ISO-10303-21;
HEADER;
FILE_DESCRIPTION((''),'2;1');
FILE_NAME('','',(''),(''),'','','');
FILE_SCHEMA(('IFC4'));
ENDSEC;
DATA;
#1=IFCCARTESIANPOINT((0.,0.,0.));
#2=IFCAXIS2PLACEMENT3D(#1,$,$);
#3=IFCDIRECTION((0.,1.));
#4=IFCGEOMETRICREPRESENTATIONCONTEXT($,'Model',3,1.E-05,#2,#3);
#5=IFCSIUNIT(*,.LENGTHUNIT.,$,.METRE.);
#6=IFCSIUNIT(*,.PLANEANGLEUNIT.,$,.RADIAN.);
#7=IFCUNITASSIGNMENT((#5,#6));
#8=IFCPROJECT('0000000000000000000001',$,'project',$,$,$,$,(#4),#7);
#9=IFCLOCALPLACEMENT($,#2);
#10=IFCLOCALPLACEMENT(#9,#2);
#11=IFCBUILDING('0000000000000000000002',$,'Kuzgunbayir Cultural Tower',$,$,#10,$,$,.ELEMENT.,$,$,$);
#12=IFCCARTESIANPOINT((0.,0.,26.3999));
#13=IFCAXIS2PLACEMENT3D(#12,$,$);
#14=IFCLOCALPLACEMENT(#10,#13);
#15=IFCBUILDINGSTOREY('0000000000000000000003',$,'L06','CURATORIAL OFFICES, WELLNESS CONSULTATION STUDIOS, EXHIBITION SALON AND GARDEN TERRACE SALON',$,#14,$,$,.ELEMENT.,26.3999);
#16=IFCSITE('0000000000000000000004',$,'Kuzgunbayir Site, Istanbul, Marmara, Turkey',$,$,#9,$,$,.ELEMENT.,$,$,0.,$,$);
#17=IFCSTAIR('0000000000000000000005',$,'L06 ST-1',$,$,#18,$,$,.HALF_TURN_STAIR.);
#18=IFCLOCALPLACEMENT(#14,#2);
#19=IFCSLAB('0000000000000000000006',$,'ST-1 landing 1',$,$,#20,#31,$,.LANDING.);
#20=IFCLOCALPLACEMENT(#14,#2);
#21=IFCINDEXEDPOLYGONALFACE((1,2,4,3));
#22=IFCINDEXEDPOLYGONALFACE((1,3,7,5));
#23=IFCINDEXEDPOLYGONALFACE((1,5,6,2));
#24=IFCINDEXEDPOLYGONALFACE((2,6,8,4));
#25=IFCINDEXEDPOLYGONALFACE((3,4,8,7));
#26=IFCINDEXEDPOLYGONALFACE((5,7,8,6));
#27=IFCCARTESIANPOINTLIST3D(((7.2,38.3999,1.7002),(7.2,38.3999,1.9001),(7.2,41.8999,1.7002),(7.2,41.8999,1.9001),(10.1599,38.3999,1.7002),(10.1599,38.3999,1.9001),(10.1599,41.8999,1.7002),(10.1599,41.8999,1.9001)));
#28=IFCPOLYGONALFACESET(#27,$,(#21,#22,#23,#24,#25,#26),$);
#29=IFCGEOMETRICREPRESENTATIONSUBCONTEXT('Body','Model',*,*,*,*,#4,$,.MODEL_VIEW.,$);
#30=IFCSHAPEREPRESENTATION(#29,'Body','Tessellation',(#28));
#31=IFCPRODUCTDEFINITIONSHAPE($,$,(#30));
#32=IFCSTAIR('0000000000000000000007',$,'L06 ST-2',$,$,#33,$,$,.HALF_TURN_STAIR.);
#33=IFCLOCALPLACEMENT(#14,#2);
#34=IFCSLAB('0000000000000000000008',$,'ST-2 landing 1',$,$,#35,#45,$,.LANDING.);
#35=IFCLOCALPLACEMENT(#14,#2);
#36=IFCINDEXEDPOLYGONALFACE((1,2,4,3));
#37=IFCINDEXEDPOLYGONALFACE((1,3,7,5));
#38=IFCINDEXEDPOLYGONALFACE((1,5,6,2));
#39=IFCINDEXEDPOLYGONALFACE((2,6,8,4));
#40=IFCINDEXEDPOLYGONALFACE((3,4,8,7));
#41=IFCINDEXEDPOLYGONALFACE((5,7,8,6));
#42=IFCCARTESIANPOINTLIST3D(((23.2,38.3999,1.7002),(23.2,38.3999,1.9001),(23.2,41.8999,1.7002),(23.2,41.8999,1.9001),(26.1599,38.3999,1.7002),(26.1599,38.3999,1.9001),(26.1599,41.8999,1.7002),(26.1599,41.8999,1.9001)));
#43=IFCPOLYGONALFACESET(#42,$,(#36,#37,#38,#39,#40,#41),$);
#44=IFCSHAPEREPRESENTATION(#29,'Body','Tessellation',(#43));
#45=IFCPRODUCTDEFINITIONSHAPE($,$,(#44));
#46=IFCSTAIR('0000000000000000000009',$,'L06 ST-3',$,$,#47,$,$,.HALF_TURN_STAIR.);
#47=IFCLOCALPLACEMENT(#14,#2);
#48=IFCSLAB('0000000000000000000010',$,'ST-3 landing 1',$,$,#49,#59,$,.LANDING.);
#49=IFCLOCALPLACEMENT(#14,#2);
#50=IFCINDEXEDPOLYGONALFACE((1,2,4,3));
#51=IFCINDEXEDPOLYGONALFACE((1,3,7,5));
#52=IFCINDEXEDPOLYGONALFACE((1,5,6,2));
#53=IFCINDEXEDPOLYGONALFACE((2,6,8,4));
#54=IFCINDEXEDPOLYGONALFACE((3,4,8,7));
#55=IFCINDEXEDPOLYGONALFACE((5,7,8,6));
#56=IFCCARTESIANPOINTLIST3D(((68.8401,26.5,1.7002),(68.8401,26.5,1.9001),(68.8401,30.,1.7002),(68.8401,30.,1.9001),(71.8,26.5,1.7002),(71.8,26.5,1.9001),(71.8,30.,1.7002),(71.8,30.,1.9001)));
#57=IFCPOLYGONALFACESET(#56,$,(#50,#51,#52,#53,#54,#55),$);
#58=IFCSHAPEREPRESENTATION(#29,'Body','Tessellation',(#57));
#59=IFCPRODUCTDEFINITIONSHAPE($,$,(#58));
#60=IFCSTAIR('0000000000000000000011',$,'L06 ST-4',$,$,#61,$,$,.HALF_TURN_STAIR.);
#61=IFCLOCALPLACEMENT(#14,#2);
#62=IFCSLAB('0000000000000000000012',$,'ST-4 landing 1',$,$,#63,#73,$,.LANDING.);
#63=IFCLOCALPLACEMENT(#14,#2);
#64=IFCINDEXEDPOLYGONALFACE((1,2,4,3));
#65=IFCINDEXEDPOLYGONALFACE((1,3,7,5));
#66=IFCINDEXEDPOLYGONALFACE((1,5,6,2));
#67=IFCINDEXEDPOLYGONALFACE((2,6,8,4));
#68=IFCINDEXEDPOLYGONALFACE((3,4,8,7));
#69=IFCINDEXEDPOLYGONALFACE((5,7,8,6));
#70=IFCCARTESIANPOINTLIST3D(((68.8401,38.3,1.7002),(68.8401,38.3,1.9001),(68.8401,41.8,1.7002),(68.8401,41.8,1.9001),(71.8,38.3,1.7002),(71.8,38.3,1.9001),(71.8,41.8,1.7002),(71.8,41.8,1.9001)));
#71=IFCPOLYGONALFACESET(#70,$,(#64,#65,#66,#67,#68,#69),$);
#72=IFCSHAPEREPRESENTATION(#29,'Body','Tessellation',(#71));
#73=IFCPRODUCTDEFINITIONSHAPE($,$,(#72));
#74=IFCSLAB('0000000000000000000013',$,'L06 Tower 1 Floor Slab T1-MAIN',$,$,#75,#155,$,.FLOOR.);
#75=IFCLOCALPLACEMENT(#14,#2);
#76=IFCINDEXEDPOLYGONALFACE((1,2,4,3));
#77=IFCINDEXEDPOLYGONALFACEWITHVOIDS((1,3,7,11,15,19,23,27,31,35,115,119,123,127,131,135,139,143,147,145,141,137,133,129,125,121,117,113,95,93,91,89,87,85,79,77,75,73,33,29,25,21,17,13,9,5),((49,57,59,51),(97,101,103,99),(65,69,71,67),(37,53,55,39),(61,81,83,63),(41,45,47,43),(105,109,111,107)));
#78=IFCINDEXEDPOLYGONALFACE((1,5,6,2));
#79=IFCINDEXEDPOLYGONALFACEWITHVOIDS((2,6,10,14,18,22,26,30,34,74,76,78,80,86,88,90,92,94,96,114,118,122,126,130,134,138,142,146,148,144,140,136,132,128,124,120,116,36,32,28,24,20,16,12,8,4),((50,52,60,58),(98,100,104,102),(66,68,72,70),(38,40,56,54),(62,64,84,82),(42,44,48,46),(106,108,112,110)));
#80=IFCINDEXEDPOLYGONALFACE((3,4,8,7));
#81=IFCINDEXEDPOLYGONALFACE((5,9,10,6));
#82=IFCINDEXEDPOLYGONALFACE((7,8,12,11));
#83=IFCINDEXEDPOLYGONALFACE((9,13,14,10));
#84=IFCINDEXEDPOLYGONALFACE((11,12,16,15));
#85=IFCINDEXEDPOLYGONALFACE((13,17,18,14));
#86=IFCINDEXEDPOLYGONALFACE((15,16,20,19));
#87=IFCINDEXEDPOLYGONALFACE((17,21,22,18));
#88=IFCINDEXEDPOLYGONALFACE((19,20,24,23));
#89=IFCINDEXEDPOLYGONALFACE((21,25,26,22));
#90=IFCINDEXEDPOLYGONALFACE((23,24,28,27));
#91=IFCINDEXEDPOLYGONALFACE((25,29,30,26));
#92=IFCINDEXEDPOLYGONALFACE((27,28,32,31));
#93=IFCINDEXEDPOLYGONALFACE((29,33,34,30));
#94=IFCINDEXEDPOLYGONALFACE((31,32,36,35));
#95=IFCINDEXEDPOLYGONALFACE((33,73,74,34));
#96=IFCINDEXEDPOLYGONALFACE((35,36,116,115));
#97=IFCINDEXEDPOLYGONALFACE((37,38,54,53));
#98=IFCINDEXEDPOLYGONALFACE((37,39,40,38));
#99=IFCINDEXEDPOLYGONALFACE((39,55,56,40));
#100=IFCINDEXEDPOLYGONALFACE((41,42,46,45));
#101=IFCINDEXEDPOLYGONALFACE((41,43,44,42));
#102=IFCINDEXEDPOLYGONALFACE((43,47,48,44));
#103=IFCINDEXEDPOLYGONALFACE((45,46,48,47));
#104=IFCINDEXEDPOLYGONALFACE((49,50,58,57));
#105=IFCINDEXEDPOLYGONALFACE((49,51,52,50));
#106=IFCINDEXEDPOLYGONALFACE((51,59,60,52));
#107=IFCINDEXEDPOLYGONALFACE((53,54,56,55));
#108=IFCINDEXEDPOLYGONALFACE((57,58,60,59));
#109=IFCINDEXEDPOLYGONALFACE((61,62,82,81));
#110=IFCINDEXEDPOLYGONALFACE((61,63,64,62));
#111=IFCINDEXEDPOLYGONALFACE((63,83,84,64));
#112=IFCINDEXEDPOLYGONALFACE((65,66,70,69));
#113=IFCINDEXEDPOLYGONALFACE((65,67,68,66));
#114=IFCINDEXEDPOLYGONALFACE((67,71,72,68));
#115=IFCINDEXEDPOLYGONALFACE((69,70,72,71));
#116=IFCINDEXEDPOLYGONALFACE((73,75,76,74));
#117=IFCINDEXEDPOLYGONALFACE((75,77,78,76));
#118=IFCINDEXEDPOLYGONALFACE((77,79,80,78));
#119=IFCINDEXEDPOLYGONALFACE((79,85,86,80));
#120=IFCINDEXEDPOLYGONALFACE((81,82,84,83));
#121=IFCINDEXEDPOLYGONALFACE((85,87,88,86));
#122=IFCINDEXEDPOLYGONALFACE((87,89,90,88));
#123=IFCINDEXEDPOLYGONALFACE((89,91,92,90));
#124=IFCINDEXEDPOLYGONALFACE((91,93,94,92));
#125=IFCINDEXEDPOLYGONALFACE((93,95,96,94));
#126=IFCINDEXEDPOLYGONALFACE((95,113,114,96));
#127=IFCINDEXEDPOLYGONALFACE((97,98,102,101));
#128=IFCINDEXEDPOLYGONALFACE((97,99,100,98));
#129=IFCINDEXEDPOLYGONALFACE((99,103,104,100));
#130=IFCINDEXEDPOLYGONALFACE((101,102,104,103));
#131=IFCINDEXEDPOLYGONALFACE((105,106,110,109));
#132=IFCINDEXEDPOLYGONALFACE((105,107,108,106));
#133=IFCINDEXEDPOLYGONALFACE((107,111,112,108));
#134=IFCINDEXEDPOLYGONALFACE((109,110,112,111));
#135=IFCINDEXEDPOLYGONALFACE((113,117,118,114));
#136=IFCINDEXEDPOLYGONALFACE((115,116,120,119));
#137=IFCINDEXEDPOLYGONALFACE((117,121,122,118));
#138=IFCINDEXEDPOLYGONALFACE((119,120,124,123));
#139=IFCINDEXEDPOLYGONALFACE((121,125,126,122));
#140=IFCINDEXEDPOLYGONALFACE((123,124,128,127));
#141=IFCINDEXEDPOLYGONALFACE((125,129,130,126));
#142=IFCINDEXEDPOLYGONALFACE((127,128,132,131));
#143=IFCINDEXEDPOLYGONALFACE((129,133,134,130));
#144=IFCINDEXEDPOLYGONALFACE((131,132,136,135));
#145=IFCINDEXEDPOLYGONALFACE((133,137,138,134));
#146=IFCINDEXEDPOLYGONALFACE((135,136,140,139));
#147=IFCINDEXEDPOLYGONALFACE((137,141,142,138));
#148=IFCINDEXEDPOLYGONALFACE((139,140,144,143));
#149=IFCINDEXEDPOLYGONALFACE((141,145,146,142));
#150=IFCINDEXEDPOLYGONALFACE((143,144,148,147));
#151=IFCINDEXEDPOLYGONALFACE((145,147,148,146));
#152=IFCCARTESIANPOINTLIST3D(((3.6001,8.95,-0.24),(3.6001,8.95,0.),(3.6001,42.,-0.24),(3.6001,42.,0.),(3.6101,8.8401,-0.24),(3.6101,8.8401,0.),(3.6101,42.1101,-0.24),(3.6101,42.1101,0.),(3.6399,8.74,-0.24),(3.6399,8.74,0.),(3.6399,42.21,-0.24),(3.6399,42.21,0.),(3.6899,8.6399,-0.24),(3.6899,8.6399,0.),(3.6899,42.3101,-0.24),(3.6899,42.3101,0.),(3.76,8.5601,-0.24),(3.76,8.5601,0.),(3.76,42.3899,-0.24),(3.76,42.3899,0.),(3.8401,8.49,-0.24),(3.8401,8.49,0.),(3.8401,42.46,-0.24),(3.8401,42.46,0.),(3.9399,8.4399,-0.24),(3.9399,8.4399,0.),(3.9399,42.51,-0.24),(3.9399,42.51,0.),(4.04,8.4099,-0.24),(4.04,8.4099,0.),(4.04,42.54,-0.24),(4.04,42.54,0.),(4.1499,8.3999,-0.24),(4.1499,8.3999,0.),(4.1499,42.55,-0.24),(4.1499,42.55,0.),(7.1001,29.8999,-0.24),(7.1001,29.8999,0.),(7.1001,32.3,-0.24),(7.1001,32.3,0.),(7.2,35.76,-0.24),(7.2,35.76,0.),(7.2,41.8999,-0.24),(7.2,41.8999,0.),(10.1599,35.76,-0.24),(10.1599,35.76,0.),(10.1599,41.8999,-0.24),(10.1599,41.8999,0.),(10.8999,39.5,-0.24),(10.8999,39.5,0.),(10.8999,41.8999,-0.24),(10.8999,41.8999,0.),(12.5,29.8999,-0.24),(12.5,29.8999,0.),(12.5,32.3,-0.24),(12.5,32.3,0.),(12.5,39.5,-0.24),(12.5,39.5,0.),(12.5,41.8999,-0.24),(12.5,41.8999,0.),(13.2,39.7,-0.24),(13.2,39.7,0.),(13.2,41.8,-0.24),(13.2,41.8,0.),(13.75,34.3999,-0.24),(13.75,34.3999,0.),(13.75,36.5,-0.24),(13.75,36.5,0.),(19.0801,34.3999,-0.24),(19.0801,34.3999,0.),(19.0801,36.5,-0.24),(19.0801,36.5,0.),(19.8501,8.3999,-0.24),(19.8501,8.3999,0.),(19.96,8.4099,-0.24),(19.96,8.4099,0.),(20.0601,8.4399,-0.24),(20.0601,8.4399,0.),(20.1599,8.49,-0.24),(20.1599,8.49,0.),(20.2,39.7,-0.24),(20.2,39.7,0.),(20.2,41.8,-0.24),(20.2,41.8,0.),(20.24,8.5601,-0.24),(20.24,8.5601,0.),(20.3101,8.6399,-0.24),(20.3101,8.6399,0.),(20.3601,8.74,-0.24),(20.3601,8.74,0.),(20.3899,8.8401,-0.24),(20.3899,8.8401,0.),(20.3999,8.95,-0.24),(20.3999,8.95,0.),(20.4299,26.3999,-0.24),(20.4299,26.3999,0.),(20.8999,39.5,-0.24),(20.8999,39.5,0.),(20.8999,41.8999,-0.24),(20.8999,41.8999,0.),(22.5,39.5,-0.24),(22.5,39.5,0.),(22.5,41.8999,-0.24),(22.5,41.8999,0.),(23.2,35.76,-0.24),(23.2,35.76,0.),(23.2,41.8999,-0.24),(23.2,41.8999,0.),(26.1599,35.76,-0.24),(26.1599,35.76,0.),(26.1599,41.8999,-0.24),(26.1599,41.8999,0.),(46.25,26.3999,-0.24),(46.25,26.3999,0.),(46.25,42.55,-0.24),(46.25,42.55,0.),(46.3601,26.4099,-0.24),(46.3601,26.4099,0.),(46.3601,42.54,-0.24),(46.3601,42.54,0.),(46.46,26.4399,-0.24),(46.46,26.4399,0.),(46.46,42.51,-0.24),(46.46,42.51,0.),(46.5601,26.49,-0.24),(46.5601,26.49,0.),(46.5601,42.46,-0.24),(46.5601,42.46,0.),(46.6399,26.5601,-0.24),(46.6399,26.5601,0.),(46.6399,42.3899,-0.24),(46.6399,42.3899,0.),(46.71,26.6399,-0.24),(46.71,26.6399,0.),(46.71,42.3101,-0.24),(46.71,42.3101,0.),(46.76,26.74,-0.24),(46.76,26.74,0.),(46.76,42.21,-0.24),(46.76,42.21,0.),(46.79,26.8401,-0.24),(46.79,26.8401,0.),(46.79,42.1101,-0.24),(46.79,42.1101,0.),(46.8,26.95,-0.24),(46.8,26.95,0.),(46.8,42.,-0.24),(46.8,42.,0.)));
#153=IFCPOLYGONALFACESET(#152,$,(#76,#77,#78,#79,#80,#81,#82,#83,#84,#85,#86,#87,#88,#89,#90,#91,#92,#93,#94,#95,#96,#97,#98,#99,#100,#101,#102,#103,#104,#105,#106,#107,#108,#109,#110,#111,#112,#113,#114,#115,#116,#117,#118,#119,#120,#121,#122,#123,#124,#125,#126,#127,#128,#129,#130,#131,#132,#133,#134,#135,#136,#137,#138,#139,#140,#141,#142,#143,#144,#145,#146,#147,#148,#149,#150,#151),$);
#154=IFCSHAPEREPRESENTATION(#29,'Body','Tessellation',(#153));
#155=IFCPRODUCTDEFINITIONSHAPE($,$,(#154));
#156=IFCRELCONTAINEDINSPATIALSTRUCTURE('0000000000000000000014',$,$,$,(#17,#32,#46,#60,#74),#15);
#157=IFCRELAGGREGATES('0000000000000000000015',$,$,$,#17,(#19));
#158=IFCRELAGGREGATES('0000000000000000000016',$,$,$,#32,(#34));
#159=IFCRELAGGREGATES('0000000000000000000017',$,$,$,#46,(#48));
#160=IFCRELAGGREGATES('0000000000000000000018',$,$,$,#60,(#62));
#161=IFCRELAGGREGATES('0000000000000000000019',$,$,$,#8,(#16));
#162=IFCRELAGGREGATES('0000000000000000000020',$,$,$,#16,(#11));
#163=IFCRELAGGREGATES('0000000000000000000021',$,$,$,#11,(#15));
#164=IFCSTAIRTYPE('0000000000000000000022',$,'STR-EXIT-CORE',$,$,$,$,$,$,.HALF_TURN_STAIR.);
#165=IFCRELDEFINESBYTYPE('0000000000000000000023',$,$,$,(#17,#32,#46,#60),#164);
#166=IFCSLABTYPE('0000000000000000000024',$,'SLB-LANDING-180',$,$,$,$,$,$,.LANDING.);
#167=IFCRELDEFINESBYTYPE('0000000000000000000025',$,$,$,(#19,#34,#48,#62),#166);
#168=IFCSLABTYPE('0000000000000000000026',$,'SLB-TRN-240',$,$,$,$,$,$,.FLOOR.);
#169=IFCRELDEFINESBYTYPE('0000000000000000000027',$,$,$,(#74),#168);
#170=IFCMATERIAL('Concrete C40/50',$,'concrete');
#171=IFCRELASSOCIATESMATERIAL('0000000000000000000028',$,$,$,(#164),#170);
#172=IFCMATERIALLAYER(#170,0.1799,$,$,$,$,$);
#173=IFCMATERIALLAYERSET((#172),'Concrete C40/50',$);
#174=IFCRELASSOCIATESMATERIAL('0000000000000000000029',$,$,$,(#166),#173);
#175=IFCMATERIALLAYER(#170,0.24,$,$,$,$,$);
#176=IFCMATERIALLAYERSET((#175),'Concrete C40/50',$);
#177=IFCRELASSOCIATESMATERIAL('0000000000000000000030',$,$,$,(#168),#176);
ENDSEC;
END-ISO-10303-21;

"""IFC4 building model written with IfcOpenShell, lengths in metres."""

from ifc_helpers import new_model, si_unit, direction, frame, origin, place, context, subcontext, project, spatial, polyline, outline, extrude, material, layer, layer_set, type_object, element, aggregate, save


model = new_model("IFC4")

# Units and contexts
model_context = context("Model", 3, precision=1e-05, world=origin(), true_north=direction((0.0, 1.0)))
body_context = subcontext(model_context, "Body", "Model", "MODEL_VIEW")
ifc_project = project(units=[si_unit("LENGTHUNIT", "METRE"), si_unit("PLANEANGLEUNIT", "RADIAN")], contexts=[model_context])

# Site, building, storey
site_placement = place(None, origin())
site = spatial("IfcSite", under=ifc_project, at=site_placement, Name="Kuzgunbayir Site, Istanbul, Marmara, Turkey", CompositionType="ELEMENT", RefElevation=0.0)
building_placement = place(site_placement, origin())
building = spatial("IfcBuilding", under=site, at=building_placement, Name="Kuzgunbayir Cultural Tower", CompositionType="ELEMENT")
storey_placement = place(building_placement, frame((0.0, 0.0, 26.3999)))
storey = spatial("IfcBuildingStorey", under=building, at=storey_placement, Name="L06", Description="CURATORIAL OFFICES, WELLNESS CONSULTATION STUDIOS, EXHIBITION SALON AND GARDEN TERRACE SALON", CompositionType="ELEMENT", Elevation=26.3999)

# Shared definitions
ifc_material_1 = material(Name="Concrete C40/50", Category="concrete")

# Stairs, slabs
stair_type = type_object("IfcStairType", Name="STR-EXIT-CORE", PredefinedType="HALF_TURN_STAIR", material=ifc_material_1)
stair_1_placement = place(storey_placement, origin())
stair_1 = element("IfcStair", 1, at=stair_1_placement, inside=storey, type_object=stair_type, Name="L06 ST-1", PredefinedType="HALF_TURN_STAIR")
ifc_layer_1 = layer(ifc_material_1, 0.1799)
ifc_layer_set_1 = layer_set([ifc_layer_1], Name="Concrete C40/50")
slab_type_1 = type_object("IfcSlabType", Name="SLB-LANDING-180", PredefinedType="LANDING", material=ifc_layer_set_1)
slab_1_placement = place(storey_placement, frame((0.0, 0.0, 1.7002)))
slab_1 = element("IfcSlab", 2, at=slab_1_placement, type_object=slab_type_1, Name="ST-1 landing 1", PredefinedType="LANDING", context=body_context, shape_type="SweptSolid", body=[
    extrude(outline(polyline([(10.1599, 38.3999), (10.1599, 41.8999), (7.2, 41.8999), (7.2, 38.3999), (10.1599, 38.3999)])), origin(), (0.0, 0.0, 1.0), 0.2),
])
aggregate(stair_1, [slab_1])
stair_2_placement = place(storey_placement, origin())
stair_2 = element("IfcStair", 3, at=stair_2_placement, inside=storey, type_object=stair_type, Name="L06 ST-2", PredefinedType="HALF_TURN_STAIR")
slab_2_placement = place(storey_placement, frame((0.0, 0.0, 1.7002)))
slab_2 = element("IfcSlab", 4, at=slab_2_placement, type_object=slab_type_1, Name="ST-2 landing 1", PredefinedType="LANDING", context=body_context, shape_type="SweptSolid", body=[
    extrude(outline(polyline([(26.1599, 38.3999), (26.1599, 41.8999), (23.2, 41.8999), (23.2, 38.3999), (26.1599, 38.3999)])), origin(), (0.0, 0.0, 1.0), 0.2),
])
aggregate(stair_2, [slab_2])
stair_3_placement = place(storey_placement, origin())
stair_3 = element("IfcStair", 5, at=stair_3_placement, inside=storey, type_object=stair_type, Name="L06 ST-3", PredefinedType="HALF_TURN_STAIR")
slab_3_placement = place(storey_placement, frame((0.0, 0.0, 1.7002)))
slab_3 = element("IfcSlab", 6, at=slab_3_placement, type_object=slab_type_1, Name="ST-3 landing 1", PredefinedType="LANDING", context=body_context, shape_type="SweptSolid", body=[
    extrude(outline(polyline([(71.8, 26.5), (71.8, 30.0), (68.8401, 30.0), (68.8401, 26.5), (71.8, 26.5)])), origin(), (0.0, 0.0, 1.0), 0.2),
])
aggregate(stair_3, [slab_3])
stair_4_placement = place(storey_placement, origin())
stair_4 = element("IfcStair", 7, at=stair_4_placement, inside=storey, type_object=stair_type, Name="L06 ST-4", PredefinedType="HALF_TURN_STAIR")
slab_4_placement = place(storey_placement, frame((0.0, 0.0, 1.7002)))
slab_4 = element("IfcSlab", 8, at=slab_4_placement, type_object=slab_type_1, Name="ST-4 landing 1", PredefinedType="LANDING", context=body_context, shape_type="SweptSolid", body=[
    extrude(outline(polyline([(71.8, 38.3), (71.8, 41.8), (68.8401, 41.8), (68.8401, 38.3), (71.8, 38.3)])), origin(), (0.0, 0.0, 1.0), 0.2),
])
aggregate(stair_4, [slab_4])

# Slab
ifc_layer_2 = layer(ifc_material_1, 0.24)
ifc_layer_set_2 = layer_set([ifc_layer_2], Name="Concrete C40/50")
slab_type_2 = type_object("IfcSlabType", Name="SLB-TRN-240", PredefinedType="FLOOR", material=ifc_layer_set_2)
slab_5_placement = place(storey_placement, frame((0.0, 0.0, -0.24)))
element("IfcSlab", 9, at=slab_5_placement, inside=storey, type_object=slab_type_2, Name="L06 Tower 1 Floor Slab T1-MAIN", PredefinedType="FLOOR", context=body_context, shape_type="SweptSolid", body=[
    extrude(outline(polyline([(20.3999, 8.95), (20.3899, 8.8401), (20.3601, 8.74), (20.3101, 8.6399), (20.24, 8.5601), (20.1599, 8.49), (20.0601, 8.4399), (19.96, 8.4099), (19.8501, 8.3999), (4.1499, 8.3999), (4.04, 8.4099), (3.9399, 8.4399), (3.8401, 8.49), (3.76, 8.5601), (3.6899, 8.6399), (3.6399, 8.74), (3.6101, 8.8401), (3.6001, 8.95), (3.6001, 42.0), (3.6101, 42.1101), (3.6399, 42.21), (3.6899, 42.3101), (3.76, 42.3899), (3.8401, 42.46), (3.9399, 42.51), (4.04, 42.54), (4.1499, 42.55), (46.25, 42.55), (46.3601, 42.54), (46.46, 42.51), (46.5601, 42.46), (46.6399, 42.3899), (46.71, 42.3101), (46.76, 42.21), (46.79, 42.1101), (46.8, 42.0), (46.8, 26.95), (46.79, 26.8401), (46.76, 26.74), (46.71, 26.6399), (46.6399, 26.5601), (46.5601, 26.49), (46.46, 26.4399), (46.3601, 26.4099), (46.25, 26.3999), (20.4299, 26.3999), (20.3999, 8.95)]), holes=[polyline([(7.2, 35.76), (7.2, 41.8999), (10.1599, 41.8999), (10.1599, 35.76), (7.2, 35.76)]), polyline([(23.2, 35.76), (23.2, 41.8999), (26.1599, 41.8999), (26.1599, 35.76), (23.2, 35.76)]), polyline([(13.2, 39.7), (13.2, 41.8), (20.2, 41.8), (20.2, 39.7), (13.2, 39.7)]), polyline([(13.75, 34.3999), (13.75, 36.5), (19.0801, 36.5), (19.0801, 34.3999), (13.75, 34.3999)]), polyline([(7.1001, 29.8999), (7.1001, 32.3), (12.5, 32.3), (12.5, 29.8999), (7.1001, 29.8999)]), polyline([(10.8999, 39.5), (10.8999, 41.8999), (12.5, 41.8999), (12.5, 39.5), (10.8999, 39.5)]), polyline([(20.8999, 39.5), (20.8999, 41.8999), (22.5, 41.8999), (22.5, 39.5), (20.8999, 39.5)])]), origin(), (0.0, 0.0, 1.0), 0.24),
])

save(model, "model.ifc")
